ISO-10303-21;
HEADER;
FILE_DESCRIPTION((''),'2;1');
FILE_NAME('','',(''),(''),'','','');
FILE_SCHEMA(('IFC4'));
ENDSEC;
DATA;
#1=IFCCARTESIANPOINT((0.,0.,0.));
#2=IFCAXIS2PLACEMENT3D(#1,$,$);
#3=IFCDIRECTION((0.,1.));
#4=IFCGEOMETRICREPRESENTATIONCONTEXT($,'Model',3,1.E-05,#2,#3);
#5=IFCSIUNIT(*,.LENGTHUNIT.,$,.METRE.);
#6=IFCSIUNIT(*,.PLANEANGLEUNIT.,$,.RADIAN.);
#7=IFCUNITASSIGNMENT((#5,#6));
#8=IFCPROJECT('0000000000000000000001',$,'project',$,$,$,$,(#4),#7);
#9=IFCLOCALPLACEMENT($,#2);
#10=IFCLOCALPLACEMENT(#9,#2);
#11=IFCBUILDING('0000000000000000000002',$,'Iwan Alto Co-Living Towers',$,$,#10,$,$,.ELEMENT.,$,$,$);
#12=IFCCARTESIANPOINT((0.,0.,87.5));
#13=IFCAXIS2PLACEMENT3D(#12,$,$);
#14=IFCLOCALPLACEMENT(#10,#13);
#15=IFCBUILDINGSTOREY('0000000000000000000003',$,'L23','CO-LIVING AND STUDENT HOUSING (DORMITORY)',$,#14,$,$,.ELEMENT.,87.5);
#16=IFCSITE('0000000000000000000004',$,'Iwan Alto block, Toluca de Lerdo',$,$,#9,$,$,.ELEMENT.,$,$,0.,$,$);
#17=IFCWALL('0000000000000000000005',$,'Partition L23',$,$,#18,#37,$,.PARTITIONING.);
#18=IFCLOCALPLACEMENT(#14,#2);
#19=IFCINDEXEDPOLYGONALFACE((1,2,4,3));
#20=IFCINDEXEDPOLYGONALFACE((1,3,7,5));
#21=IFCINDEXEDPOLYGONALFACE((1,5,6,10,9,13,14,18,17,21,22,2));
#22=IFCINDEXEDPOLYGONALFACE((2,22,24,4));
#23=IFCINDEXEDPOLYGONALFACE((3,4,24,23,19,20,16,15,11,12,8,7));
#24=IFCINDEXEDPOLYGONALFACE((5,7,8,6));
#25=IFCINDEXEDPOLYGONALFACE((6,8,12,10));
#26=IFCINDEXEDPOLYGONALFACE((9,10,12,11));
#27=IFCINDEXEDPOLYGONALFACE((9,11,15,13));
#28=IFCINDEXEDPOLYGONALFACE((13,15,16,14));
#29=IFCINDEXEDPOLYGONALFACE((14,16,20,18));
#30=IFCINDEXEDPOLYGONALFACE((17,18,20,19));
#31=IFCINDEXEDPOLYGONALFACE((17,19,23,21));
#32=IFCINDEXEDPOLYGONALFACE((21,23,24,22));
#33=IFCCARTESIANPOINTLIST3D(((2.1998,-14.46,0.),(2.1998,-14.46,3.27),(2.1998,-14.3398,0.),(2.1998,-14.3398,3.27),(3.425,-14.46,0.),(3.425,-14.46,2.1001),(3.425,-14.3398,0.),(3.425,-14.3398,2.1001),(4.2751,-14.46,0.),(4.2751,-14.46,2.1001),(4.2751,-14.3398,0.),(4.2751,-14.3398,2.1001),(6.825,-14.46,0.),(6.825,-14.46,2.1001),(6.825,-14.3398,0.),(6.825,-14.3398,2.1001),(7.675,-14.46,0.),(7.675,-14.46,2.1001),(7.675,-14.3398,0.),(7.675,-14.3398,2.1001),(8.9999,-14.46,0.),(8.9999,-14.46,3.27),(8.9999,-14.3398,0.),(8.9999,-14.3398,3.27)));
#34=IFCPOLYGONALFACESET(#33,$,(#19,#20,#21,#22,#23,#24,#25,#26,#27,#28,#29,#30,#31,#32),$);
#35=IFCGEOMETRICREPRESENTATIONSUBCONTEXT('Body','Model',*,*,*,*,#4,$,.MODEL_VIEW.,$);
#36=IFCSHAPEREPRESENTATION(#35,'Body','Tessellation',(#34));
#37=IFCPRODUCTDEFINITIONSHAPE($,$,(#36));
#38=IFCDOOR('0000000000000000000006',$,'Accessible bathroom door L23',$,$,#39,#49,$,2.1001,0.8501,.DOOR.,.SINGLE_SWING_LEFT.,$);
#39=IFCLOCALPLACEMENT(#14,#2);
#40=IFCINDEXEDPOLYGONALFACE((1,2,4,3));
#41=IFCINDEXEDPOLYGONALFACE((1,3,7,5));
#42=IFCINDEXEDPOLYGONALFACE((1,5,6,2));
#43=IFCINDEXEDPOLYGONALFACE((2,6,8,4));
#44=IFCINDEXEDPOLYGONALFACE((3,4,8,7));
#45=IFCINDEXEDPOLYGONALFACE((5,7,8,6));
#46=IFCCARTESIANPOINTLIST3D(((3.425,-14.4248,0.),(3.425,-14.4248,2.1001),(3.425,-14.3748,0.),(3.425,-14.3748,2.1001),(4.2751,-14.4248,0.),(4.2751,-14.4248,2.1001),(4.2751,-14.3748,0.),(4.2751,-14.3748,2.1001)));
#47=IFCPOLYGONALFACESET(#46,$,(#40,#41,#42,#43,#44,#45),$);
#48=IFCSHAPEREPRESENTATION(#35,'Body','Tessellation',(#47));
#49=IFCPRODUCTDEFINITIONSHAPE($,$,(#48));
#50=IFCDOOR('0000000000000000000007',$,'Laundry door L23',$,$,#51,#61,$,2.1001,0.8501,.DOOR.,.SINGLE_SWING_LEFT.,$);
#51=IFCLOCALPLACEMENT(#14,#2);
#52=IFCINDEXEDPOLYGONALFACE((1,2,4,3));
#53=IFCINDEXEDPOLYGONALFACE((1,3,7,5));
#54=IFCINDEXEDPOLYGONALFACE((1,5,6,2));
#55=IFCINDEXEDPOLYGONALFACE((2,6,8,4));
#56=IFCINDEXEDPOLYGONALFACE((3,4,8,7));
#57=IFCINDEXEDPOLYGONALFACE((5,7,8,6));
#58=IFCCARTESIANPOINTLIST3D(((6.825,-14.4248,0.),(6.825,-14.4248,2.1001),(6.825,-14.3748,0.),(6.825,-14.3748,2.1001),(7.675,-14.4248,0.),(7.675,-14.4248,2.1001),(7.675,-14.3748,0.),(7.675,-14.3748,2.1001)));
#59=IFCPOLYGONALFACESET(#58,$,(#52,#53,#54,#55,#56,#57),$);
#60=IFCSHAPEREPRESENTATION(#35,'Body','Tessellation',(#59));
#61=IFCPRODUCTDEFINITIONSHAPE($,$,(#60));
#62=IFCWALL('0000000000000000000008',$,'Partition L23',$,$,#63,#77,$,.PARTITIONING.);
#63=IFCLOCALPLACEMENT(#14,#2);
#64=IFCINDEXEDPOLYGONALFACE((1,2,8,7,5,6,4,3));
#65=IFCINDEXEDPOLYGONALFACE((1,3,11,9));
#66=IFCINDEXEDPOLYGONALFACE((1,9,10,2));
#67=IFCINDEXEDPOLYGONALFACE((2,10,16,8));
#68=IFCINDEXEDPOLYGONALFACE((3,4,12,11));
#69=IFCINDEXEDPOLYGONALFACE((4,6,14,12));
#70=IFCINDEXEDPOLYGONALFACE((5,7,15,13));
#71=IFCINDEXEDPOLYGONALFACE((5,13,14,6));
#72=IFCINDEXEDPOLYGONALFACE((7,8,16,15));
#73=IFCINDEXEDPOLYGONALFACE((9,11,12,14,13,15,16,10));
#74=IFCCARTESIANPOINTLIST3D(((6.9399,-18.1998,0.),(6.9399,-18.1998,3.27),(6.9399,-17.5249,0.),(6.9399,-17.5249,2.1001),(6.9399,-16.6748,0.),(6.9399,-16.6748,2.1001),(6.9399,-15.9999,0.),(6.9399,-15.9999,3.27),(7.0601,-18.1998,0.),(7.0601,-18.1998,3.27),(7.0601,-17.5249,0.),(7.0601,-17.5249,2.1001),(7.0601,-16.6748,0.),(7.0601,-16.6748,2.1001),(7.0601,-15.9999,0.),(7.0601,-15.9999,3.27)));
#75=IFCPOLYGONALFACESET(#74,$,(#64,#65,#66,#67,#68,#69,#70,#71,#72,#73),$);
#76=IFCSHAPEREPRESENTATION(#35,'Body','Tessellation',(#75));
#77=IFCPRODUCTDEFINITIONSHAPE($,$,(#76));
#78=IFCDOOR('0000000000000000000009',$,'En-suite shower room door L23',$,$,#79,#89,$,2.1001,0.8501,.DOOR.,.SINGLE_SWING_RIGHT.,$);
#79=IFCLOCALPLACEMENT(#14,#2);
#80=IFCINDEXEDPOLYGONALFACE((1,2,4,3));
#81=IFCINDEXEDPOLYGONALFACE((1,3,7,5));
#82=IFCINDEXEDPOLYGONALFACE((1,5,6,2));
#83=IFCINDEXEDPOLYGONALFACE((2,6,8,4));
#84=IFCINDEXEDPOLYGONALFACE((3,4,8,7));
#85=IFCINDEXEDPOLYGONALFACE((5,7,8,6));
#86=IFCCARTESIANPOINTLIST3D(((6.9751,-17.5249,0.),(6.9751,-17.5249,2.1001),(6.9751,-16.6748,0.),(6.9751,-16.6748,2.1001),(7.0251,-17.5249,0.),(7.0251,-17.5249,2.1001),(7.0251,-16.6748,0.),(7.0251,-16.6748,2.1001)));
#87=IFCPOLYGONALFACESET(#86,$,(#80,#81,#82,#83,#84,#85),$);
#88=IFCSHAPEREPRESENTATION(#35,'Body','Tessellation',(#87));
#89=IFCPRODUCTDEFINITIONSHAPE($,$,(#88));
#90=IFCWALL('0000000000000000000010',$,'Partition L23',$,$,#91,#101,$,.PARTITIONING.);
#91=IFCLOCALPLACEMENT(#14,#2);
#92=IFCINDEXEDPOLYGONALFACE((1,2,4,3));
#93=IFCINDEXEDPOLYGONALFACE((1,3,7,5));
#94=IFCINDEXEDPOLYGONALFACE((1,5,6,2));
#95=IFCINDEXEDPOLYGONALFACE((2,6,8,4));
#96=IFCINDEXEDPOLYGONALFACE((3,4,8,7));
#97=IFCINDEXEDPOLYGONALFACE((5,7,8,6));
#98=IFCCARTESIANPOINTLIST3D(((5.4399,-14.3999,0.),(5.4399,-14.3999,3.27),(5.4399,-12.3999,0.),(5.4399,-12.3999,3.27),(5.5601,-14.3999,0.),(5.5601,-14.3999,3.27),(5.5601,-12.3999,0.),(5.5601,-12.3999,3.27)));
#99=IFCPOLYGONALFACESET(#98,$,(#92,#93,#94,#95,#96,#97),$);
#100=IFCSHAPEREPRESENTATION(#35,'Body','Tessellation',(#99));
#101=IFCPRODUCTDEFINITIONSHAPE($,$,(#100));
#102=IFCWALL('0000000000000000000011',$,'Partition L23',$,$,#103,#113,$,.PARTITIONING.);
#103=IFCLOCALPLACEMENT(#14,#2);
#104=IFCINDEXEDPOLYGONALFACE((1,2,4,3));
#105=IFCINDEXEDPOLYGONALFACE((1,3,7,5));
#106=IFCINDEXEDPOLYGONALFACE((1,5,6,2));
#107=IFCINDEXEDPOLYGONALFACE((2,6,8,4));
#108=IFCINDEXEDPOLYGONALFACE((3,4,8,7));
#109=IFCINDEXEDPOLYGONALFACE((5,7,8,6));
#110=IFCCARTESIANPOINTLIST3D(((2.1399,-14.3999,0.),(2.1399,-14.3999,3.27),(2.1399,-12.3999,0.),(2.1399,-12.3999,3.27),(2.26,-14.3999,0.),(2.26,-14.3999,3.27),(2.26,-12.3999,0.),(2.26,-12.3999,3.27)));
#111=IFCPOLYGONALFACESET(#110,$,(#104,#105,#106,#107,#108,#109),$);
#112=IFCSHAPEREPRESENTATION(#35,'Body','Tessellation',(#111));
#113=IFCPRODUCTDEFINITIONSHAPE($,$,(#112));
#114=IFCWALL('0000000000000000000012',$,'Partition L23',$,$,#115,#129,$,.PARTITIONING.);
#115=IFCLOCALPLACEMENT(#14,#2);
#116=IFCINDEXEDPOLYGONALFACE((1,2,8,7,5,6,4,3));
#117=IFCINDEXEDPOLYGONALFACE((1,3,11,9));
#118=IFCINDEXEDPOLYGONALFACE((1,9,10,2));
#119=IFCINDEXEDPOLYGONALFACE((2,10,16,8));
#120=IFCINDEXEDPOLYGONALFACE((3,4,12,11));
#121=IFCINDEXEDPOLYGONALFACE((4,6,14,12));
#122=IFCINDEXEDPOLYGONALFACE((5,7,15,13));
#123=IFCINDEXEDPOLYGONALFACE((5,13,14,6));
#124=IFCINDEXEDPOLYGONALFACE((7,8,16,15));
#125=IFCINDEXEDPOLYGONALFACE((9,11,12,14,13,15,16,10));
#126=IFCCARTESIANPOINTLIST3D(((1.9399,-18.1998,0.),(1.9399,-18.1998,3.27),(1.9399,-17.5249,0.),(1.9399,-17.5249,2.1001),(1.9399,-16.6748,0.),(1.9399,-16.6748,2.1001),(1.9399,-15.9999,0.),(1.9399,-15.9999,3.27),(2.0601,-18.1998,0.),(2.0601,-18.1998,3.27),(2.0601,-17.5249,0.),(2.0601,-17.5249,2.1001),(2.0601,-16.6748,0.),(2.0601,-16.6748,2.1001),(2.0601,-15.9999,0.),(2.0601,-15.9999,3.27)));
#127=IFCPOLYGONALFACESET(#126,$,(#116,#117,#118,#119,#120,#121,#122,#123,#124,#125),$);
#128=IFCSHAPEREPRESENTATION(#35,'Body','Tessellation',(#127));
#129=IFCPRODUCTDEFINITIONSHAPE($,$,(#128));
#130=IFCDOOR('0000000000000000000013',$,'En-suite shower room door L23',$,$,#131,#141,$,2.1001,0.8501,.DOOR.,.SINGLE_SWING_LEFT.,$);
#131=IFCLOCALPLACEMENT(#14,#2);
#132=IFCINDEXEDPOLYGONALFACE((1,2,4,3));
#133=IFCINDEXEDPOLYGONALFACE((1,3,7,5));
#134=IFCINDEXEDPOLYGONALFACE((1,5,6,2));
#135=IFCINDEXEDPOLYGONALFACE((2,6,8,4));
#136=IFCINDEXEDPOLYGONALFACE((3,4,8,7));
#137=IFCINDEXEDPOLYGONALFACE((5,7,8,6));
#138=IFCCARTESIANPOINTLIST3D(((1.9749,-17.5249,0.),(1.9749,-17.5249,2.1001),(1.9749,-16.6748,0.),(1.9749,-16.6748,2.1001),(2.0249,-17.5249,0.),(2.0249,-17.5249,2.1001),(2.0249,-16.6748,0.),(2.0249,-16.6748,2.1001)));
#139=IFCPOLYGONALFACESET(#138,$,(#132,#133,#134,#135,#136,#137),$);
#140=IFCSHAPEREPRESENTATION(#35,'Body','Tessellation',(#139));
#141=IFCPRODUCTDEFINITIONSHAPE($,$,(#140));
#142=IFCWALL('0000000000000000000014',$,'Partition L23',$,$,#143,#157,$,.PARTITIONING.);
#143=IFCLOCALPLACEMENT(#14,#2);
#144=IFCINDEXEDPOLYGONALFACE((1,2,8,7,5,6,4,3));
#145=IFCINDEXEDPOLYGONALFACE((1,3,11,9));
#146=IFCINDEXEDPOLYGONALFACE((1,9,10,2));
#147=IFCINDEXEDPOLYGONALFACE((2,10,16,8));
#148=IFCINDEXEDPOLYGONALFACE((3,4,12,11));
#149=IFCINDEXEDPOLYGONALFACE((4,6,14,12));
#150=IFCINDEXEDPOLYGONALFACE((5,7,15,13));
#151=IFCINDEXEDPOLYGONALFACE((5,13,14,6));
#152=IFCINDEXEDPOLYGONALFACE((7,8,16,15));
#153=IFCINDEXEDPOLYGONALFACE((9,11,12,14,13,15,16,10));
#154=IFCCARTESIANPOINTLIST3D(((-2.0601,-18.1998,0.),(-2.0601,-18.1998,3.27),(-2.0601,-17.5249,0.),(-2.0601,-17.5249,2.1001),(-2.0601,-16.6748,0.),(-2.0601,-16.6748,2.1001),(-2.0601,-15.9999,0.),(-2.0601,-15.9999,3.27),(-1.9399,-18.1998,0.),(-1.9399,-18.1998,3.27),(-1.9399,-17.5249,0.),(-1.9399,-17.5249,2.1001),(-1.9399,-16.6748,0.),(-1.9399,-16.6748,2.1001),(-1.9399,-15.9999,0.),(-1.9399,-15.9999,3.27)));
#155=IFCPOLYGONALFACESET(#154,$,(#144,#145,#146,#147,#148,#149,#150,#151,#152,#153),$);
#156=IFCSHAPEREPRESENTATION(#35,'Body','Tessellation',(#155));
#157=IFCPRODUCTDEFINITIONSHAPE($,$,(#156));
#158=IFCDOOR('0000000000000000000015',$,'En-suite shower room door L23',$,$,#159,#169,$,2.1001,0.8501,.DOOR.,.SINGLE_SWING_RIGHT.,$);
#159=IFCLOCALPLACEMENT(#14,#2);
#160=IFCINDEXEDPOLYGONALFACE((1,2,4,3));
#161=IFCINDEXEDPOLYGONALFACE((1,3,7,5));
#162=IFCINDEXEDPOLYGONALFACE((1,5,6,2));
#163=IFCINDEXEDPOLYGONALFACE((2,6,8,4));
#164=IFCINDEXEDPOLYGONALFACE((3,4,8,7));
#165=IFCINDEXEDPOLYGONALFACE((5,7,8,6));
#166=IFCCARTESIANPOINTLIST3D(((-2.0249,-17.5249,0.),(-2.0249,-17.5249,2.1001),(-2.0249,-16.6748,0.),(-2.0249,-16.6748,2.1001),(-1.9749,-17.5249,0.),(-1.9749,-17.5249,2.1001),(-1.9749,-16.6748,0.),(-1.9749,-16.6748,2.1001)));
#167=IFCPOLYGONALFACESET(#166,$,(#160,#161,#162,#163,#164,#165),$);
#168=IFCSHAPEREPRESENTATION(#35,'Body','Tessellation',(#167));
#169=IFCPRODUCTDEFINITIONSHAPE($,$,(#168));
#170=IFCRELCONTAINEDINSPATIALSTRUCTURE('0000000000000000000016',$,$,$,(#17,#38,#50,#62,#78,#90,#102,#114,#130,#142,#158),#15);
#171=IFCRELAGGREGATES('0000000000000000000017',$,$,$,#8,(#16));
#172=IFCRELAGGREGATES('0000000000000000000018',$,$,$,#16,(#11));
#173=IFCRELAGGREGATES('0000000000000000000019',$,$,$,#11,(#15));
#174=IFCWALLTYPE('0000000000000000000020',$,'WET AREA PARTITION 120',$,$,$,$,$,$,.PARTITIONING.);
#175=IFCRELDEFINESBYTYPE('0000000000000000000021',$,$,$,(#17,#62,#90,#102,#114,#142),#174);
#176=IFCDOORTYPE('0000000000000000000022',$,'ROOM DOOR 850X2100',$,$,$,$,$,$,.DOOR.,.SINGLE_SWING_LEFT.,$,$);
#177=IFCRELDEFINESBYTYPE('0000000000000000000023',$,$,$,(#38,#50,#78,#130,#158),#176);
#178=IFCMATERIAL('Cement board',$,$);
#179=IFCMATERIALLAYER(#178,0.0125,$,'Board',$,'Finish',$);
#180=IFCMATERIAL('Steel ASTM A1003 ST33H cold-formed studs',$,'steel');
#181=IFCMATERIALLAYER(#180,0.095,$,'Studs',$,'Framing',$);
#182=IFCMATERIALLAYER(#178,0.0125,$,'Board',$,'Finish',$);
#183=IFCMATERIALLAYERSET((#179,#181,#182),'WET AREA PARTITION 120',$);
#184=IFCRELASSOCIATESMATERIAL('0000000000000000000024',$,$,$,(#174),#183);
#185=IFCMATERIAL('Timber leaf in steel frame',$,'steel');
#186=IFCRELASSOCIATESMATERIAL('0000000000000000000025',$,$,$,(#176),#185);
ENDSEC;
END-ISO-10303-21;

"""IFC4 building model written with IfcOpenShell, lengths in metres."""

from ifc_helpers import new_model, si_unit, direction, frame, frame_2d, origin, place, context, subcontext, project, spatial, rectangle, extrude, material, layer, layer_set, type_object, element, fill, save


model = new_model("IFC4")

# Units and contexts
model_context = context("Model", 3, precision=1e-05, world=origin(), true_north=direction((0.0, 1.0)))
body_context = subcontext(model_context, "Body", "Model", "MODEL_VIEW")
ifc_project = project(units=[si_unit("LENGTHUNIT", "METRE"), si_unit("PLANEANGLEUNIT", "RADIAN")], contexts=[model_context])

# Site, building, storey
site_placement = place(None, origin())
site = spatial("IfcSite", under=ifc_project, at=site_placement, Name="Iwan Alto block, Toluca de Lerdo", CompositionType="ELEMENT", RefElevation=0.0)
building_placement = place(site_placement, origin())
building = spatial("IfcBuilding", under=site, at=building_placement, Name="Iwan Alto Co-Living Towers", CompositionType="ELEMENT")
storey_placement = place(building_placement, frame((0.0, 0.0, 87.5)))
storey = spatial("IfcBuildingStorey", under=building, at=storey_placement, Name="L23", Description="CO-LIVING AND STUDENT HOUSING (DORMITORY)", CompositionType="ELEMENT", Elevation=87.5)

# Shared definitions
ifc_material_1 = material(Name="Steel ASTM A1003 ST33H cold-formed studs", Category="steel")

# Shared definitions
ifc_material_2 = material(Name="Cement board")
ifc_layer_1 = layer(ifc_material_2, 0.0125, Name="Board", Category="Finish")
ifc_layer_2 = layer(ifc_material_1, 0.095, Name="Studs", Category="Framing")
ifc_layer_3 = layer(ifc_material_2, 0.0125, Name="Board", Category="Finish")
ifc_layer_set_1 = layer_set([ifc_layer_1, ifc_layer_2, ifc_layer_3], Name="WET AREA PARTITION 120")
wall_type_1 = type_object("IfcWallType", Name="WET AREA PARTITION 120", PredefinedType="PARTITIONING", material=ifc_layer_set_1)

# Wall, openings, doors
wall_1_placement = place(storey_placement, frame((2.2, -14.3999, 0.0), z_axis=(0.0, 0.0, 1.0), x_axis=(1.0, 0.0, 0.0)))
wall_1 = element("IfcWall", 1, at=wall_1_placement, inside=storey, type_object=wall_type_1, Name="Partition L23", PredefinedType="PARTITIONING", context=body_context, shape_type="SweptSolid", body=[
    extrude(rectangle(XDim=6.8, YDim=0.1201, at=frame_2d((3.3999, 0.0))), origin(), (0.0, 0.0, 1.0), 3.27),
])
opening_1_placement = place(wall_1_placement, frame((1.2251, 0.0, 0.0)))
opening_1 = element("IfcOpeningElement", 2, at=opening_1_placement, cuts=wall_1, PredefinedType="OPENING", context=body_context, shape_type="SweptSolid", body=[
    extrude(rectangle(XDim=0.8501, YDim=2.1001, at=frame_2d((0.425, 1.05))), frame((0.0, 0.0701, 0.0), z_axis=(0.0, -1.0, 0.0), x_axis=(1.0, 0.0, 0.0)), (0.0, 0.0, 1.0), 0.1401),
])
opening_2_placement = place(wall_1_placement, frame((4.625, 0.0, 0.0)))
opening_2 = element("IfcOpeningElement", 3, at=opening_2_placement, cuts=wall_1, PredefinedType="OPENING", context=body_context, shape_type="SweptSolid", body=[
    extrude(rectangle(XDim=0.8501, YDim=2.1001, at=frame_2d((0.425, 1.05))), frame((0.0, 0.0701, 0.0), z_axis=(0.0, -1.0, 0.0), x_axis=(1.0, 0.0, 0.0)), (0.0, 0.0, 1.0), 0.1401),
])
ifc_material_3 = material(Name="Timber leaf in steel frame", Category="steel")
door_type_1 = type_object("IfcDoorType", Name="ROOM DOOR 850X2100", OperationType="SINGLE_SWING_LEFT", PredefinedType="DOOR", material=ifc_material_3)
door_1_placement = place(opening_1_placement, frame((0.8501, 0.0, 0.0), z_axis=(0.0, 0.0, 1.0), x_axis=(-1.0, 0.0, 0.0)))
door_1 = element("IfcDoor", 4, at=door_1_placement, inside=storey, type_object=door_type_1, Name="Accessible bathroom door L23", OperationType="SINGLE_SWING_LEFT", OverallHeight=2.1001, OverallWidth=0.8501, PredefinedType="DOOR", context=body_context, shape_type="SweptSolid", body=[
    extrude(rectangle(XDim=0.8501, YDim=2.1001, at=frame_2d((0.425, 1.05))), frame((0.0, 0.0249, 0.0), z_axis=(0.0, -1.0, 0.0), x_axis=(1.0, 0.0, 0.0)), (0.0, 0.0, 1.0), 0.05),
])
fill(opening_1, door_1)
door_2_placement = place(opening_2_placement, frame((0.8501, 0.0, 0.0), z_axis=(0.0, 0.0, 1.0), x_axis=(-1.0, 0.0, 0.0)))
door_2 = element("IfcDoor", 5, at=door_2_placement, inside=storey, type_object=door_type_1, Name="Laundry door L23", OperationType="SINGLE_SWING_LEFT", OverallHeight=2.1001, OverallWidth=0.8501, PredefinedType="DOOR", context=body_context, shape_type="SweptSolid", body=[
    extrude(rectangle(XDim=0.8501, YDim=2.1001, at=frame_2d((0.425, 1.05))), frame((0.0, 0.0249, 0.0), z_axis=(0.0, -1.0, 0.0), x_axis=(1.0, 0.0, 0.0)), (0.0, 0.0, 1.0), 0.05),
])
fill(opening_2, door_2)

# Wall, opening, door
wall_2_placement = place(storey_placement, frame((7.0, -18.2, 0.0), z_axis=(0.0, 0.0, 1.0), x_axis=(0.0, 1.0, 0.0)))
wall_2 = element("IfcWall", 6, at=wall_2_placement, inside=storey, type_object=wall_type_1, Name="Partition L23", PredefinedType="PARTITIONING", context=body_context, shape_type="SweptSolid", body=[
    extrude(rectangle(XDim=2.2, YDim=0.1201, at=frame_2d((1.1001, 0.0))), origin(), (0.0, 0.0, 1.0), 3.27),
])
opening_3_placement = place(wall_2_placement, frame((0.675, 0.0, 0.0)))
opening_3 = element("IfcOpeningElement", 7, at=opening_3_placement, cuts=wall_2, PredefinedType="OPENING", context=body_context, shape_type="SweptSolid", body=[
    extrude(rectangle(XDim=0.8501, YDim=2.1001, at=frame_2d((0.425, 1.05))), frame((0.0, 0.0701, 0.0), z_axis=(0.0, -1.0, 0.0), x_axis=(1.0, 0.0, 0.0)), (0.0, 0.0, 1.0), 0.1401),
])
door_3_placement = place(opening_3_placement, origin())
door_3 = element("IfcDoor", 8, at=door_3_placement, inside=storey, type_object=door_type_1, Name="En-suite shower room door L23", OperationType="SINGLE_SWING_RIGHT", OverallHeight=2.1001, OverallWidth=0.8501, PredefinedType="DOOR", context=body_context, shape_type="SweptSolid", body=[
    extrude(rectangle(XDim=0.8501, YDim=2.1001, at=frame_2d((0.425, 1.05))), frame((0.0, 0.0249, 0.0), z_axis=(0.0, -1.0, 0.0), x_axis=(1.0, 0.0, 0.0)), (0.0, 0.0, 1.0), 0.05),
])
fill(opening_3, door_3)

# Walls
for number, where, z_axis, x_axis, name in (
    (9, (5.5, -14.3999, 0.0), (0.0, 0.0, 1.0), (0.0, 1.0, 0.0), "Partition L23"),
    (10, (2.2, -14.3999, 0.0), (0.0, 0.0, 1.0), (0.0, 1.0, 0.0), "Partition L23"),
):
    element("IfcWall", number, at=place(storey_placement, frame(where, z_axis=z_axis, x_axis=x_axis)), inside=storey, type_object=wall_type_1, Name=name, PredefinedType="PARTITIONING", context=body_context, shape_type="SweptSolid", body=[
        extrude(rectangle(XDim=2.0, YDim=0.1201, at=frame_2d((1.0, 0.0))), origin(), (0.0, 0.0, 1.0), 3.27),
    ])

# Walls, openings, doors
wall_3_placement = place(storey_placement, frame((2.0, -18.2, 0.0), z_axis=(0.0, 0.0, 1.0), x_axis=(0.0, 1.0, 0.0)))
wall_3 = element("IfcWall", 11, at=wall_3_placement, inside=storey, type_object=wall_type_1, Name="Partition L23", PredefinedType="PARTITIONING", context=body_context, shape_type="SweptSolid", body=[
    extrude(rectangle(XDim=2.2, YDim=0.1201, at=frame_2d((1.1001, 0.0))), origin(), (0.0, 0.0, 1.0), 3.27),
])
opening_4_placement = place(wall_3_placement, frame((0.675, 0.0, 0.0)))
opening_4 = element("IfcOpeningElement", 12, at=opening_4_placement, cuts=wall_3, PredefinedType="OPENING", context=body_context, shape_type="SweptSolid", body=[
    extrude(rectangle(XDim=0.8501, YDim=2.1001, at=frame_2d((0.425, 1.05))), frame((0.0, 0.0701, 0.0), z_axis=(0.0, -1.0, 0.0), x_axis=(1.0, 0.0, 0.0)), (0.0, 0.0, 1.0), 0.1401),
])
door_4_placement = place(opening_4_placement, frame((0.8501, 0.0, 0.0), z_axis=(0.0, 0.0, 1.0), x_axis=(-1.0, 0.0, 0.0)))
door_4 = element("IfcDoor", 13, at=door_4_placement, inside=storey, type_object=door_type_1, Name="En-suite shower room door L23", OperationType="SINGLE_SWING_LEFT", OverallHeight=2.1001, OverallWidth=0.8501, PredefinedType="DOOR", context=body_context, shape_type="SweptSolid", body=[
    extrude(rectangle(XDim=0.8501, YDim=2.1001, at=frame_2d((0.425, 1.05))), frame((0.0, 0.0249, 0.0), z_axis=(0.0, -1.0, 0.0), x_axis=(1.0, 0.0, 0.0)), (0.0, 0.0, 1.0), 0.05),
])
fill(opening_4, door_4)
wall_4_placement = place(storey_placement, frame((-2.0, -18.2, 0.0), z_axis=(0.0, 0.0, 1.0), x_axis=(0.0, 1.0, 0.0)))
wall_4 = element("IfcWall", 14, at=wall_4_placement, inside=storey, type_object=wall_type_1, Name="Partition L23", PredefinedType="PARTITIONING", context=body_context, shape_type="SweptSolid", body=[
    extrude(rectangle(XDim=2.2, YDim=0.1201, at=frame_2d((1.1001, 0.0))), origin(), (0.0, 0.0, 1.0), 3.27),
])
opening_5_placement = place(wall_4_placement, frame((0.675, 0.0, 0.0)))
opening_5 = element("IfcOpeningElement", 15, at=opening_5_placement, cuts=wall_4, PredefinedType="OPENING", context=body_context, shape_type="SweptSolid", body=[
    extrude(rectangle(XDim=0.8501, YDim=2.1001, at=frame_2d((0.425, 1.05))), frame((0.0, 0.0701, 0.0), z_axis=(0.0, -1.0, 0.0), x_axis=(1.0, 0.0, 0.0)), (0.0, 0.0, 1.0), 0.1401),
])
door_5_placement = place(opening_5_placement, origin())
door_5 = element("IfcDoor", 16, at=door_5_placement, inside=storey, type_object=door_type_1, Name="En-suite shower room door L23", OperationType="SINGLE_SWING_RIGHT", OverallHeight=2.1001, OverallWidth=0.8501, PredefinedType="DOOR", context=body_context, shape_type="SweptSolid", body=[
    extrude(rectangle(XDim=0.8501, YDim=2.1001, at=frame_2d((0.425, 1.05))), frame((0.0, 0.0249, 0.0), z_axis=(0.0, -1.0, 0.0), x_axis=(1.0, 0.0, 0.0)), (0.0, 0.0, 1.0), 0.05),
])
fill(opening_5, door_5)

save(model, "model.ifc")
